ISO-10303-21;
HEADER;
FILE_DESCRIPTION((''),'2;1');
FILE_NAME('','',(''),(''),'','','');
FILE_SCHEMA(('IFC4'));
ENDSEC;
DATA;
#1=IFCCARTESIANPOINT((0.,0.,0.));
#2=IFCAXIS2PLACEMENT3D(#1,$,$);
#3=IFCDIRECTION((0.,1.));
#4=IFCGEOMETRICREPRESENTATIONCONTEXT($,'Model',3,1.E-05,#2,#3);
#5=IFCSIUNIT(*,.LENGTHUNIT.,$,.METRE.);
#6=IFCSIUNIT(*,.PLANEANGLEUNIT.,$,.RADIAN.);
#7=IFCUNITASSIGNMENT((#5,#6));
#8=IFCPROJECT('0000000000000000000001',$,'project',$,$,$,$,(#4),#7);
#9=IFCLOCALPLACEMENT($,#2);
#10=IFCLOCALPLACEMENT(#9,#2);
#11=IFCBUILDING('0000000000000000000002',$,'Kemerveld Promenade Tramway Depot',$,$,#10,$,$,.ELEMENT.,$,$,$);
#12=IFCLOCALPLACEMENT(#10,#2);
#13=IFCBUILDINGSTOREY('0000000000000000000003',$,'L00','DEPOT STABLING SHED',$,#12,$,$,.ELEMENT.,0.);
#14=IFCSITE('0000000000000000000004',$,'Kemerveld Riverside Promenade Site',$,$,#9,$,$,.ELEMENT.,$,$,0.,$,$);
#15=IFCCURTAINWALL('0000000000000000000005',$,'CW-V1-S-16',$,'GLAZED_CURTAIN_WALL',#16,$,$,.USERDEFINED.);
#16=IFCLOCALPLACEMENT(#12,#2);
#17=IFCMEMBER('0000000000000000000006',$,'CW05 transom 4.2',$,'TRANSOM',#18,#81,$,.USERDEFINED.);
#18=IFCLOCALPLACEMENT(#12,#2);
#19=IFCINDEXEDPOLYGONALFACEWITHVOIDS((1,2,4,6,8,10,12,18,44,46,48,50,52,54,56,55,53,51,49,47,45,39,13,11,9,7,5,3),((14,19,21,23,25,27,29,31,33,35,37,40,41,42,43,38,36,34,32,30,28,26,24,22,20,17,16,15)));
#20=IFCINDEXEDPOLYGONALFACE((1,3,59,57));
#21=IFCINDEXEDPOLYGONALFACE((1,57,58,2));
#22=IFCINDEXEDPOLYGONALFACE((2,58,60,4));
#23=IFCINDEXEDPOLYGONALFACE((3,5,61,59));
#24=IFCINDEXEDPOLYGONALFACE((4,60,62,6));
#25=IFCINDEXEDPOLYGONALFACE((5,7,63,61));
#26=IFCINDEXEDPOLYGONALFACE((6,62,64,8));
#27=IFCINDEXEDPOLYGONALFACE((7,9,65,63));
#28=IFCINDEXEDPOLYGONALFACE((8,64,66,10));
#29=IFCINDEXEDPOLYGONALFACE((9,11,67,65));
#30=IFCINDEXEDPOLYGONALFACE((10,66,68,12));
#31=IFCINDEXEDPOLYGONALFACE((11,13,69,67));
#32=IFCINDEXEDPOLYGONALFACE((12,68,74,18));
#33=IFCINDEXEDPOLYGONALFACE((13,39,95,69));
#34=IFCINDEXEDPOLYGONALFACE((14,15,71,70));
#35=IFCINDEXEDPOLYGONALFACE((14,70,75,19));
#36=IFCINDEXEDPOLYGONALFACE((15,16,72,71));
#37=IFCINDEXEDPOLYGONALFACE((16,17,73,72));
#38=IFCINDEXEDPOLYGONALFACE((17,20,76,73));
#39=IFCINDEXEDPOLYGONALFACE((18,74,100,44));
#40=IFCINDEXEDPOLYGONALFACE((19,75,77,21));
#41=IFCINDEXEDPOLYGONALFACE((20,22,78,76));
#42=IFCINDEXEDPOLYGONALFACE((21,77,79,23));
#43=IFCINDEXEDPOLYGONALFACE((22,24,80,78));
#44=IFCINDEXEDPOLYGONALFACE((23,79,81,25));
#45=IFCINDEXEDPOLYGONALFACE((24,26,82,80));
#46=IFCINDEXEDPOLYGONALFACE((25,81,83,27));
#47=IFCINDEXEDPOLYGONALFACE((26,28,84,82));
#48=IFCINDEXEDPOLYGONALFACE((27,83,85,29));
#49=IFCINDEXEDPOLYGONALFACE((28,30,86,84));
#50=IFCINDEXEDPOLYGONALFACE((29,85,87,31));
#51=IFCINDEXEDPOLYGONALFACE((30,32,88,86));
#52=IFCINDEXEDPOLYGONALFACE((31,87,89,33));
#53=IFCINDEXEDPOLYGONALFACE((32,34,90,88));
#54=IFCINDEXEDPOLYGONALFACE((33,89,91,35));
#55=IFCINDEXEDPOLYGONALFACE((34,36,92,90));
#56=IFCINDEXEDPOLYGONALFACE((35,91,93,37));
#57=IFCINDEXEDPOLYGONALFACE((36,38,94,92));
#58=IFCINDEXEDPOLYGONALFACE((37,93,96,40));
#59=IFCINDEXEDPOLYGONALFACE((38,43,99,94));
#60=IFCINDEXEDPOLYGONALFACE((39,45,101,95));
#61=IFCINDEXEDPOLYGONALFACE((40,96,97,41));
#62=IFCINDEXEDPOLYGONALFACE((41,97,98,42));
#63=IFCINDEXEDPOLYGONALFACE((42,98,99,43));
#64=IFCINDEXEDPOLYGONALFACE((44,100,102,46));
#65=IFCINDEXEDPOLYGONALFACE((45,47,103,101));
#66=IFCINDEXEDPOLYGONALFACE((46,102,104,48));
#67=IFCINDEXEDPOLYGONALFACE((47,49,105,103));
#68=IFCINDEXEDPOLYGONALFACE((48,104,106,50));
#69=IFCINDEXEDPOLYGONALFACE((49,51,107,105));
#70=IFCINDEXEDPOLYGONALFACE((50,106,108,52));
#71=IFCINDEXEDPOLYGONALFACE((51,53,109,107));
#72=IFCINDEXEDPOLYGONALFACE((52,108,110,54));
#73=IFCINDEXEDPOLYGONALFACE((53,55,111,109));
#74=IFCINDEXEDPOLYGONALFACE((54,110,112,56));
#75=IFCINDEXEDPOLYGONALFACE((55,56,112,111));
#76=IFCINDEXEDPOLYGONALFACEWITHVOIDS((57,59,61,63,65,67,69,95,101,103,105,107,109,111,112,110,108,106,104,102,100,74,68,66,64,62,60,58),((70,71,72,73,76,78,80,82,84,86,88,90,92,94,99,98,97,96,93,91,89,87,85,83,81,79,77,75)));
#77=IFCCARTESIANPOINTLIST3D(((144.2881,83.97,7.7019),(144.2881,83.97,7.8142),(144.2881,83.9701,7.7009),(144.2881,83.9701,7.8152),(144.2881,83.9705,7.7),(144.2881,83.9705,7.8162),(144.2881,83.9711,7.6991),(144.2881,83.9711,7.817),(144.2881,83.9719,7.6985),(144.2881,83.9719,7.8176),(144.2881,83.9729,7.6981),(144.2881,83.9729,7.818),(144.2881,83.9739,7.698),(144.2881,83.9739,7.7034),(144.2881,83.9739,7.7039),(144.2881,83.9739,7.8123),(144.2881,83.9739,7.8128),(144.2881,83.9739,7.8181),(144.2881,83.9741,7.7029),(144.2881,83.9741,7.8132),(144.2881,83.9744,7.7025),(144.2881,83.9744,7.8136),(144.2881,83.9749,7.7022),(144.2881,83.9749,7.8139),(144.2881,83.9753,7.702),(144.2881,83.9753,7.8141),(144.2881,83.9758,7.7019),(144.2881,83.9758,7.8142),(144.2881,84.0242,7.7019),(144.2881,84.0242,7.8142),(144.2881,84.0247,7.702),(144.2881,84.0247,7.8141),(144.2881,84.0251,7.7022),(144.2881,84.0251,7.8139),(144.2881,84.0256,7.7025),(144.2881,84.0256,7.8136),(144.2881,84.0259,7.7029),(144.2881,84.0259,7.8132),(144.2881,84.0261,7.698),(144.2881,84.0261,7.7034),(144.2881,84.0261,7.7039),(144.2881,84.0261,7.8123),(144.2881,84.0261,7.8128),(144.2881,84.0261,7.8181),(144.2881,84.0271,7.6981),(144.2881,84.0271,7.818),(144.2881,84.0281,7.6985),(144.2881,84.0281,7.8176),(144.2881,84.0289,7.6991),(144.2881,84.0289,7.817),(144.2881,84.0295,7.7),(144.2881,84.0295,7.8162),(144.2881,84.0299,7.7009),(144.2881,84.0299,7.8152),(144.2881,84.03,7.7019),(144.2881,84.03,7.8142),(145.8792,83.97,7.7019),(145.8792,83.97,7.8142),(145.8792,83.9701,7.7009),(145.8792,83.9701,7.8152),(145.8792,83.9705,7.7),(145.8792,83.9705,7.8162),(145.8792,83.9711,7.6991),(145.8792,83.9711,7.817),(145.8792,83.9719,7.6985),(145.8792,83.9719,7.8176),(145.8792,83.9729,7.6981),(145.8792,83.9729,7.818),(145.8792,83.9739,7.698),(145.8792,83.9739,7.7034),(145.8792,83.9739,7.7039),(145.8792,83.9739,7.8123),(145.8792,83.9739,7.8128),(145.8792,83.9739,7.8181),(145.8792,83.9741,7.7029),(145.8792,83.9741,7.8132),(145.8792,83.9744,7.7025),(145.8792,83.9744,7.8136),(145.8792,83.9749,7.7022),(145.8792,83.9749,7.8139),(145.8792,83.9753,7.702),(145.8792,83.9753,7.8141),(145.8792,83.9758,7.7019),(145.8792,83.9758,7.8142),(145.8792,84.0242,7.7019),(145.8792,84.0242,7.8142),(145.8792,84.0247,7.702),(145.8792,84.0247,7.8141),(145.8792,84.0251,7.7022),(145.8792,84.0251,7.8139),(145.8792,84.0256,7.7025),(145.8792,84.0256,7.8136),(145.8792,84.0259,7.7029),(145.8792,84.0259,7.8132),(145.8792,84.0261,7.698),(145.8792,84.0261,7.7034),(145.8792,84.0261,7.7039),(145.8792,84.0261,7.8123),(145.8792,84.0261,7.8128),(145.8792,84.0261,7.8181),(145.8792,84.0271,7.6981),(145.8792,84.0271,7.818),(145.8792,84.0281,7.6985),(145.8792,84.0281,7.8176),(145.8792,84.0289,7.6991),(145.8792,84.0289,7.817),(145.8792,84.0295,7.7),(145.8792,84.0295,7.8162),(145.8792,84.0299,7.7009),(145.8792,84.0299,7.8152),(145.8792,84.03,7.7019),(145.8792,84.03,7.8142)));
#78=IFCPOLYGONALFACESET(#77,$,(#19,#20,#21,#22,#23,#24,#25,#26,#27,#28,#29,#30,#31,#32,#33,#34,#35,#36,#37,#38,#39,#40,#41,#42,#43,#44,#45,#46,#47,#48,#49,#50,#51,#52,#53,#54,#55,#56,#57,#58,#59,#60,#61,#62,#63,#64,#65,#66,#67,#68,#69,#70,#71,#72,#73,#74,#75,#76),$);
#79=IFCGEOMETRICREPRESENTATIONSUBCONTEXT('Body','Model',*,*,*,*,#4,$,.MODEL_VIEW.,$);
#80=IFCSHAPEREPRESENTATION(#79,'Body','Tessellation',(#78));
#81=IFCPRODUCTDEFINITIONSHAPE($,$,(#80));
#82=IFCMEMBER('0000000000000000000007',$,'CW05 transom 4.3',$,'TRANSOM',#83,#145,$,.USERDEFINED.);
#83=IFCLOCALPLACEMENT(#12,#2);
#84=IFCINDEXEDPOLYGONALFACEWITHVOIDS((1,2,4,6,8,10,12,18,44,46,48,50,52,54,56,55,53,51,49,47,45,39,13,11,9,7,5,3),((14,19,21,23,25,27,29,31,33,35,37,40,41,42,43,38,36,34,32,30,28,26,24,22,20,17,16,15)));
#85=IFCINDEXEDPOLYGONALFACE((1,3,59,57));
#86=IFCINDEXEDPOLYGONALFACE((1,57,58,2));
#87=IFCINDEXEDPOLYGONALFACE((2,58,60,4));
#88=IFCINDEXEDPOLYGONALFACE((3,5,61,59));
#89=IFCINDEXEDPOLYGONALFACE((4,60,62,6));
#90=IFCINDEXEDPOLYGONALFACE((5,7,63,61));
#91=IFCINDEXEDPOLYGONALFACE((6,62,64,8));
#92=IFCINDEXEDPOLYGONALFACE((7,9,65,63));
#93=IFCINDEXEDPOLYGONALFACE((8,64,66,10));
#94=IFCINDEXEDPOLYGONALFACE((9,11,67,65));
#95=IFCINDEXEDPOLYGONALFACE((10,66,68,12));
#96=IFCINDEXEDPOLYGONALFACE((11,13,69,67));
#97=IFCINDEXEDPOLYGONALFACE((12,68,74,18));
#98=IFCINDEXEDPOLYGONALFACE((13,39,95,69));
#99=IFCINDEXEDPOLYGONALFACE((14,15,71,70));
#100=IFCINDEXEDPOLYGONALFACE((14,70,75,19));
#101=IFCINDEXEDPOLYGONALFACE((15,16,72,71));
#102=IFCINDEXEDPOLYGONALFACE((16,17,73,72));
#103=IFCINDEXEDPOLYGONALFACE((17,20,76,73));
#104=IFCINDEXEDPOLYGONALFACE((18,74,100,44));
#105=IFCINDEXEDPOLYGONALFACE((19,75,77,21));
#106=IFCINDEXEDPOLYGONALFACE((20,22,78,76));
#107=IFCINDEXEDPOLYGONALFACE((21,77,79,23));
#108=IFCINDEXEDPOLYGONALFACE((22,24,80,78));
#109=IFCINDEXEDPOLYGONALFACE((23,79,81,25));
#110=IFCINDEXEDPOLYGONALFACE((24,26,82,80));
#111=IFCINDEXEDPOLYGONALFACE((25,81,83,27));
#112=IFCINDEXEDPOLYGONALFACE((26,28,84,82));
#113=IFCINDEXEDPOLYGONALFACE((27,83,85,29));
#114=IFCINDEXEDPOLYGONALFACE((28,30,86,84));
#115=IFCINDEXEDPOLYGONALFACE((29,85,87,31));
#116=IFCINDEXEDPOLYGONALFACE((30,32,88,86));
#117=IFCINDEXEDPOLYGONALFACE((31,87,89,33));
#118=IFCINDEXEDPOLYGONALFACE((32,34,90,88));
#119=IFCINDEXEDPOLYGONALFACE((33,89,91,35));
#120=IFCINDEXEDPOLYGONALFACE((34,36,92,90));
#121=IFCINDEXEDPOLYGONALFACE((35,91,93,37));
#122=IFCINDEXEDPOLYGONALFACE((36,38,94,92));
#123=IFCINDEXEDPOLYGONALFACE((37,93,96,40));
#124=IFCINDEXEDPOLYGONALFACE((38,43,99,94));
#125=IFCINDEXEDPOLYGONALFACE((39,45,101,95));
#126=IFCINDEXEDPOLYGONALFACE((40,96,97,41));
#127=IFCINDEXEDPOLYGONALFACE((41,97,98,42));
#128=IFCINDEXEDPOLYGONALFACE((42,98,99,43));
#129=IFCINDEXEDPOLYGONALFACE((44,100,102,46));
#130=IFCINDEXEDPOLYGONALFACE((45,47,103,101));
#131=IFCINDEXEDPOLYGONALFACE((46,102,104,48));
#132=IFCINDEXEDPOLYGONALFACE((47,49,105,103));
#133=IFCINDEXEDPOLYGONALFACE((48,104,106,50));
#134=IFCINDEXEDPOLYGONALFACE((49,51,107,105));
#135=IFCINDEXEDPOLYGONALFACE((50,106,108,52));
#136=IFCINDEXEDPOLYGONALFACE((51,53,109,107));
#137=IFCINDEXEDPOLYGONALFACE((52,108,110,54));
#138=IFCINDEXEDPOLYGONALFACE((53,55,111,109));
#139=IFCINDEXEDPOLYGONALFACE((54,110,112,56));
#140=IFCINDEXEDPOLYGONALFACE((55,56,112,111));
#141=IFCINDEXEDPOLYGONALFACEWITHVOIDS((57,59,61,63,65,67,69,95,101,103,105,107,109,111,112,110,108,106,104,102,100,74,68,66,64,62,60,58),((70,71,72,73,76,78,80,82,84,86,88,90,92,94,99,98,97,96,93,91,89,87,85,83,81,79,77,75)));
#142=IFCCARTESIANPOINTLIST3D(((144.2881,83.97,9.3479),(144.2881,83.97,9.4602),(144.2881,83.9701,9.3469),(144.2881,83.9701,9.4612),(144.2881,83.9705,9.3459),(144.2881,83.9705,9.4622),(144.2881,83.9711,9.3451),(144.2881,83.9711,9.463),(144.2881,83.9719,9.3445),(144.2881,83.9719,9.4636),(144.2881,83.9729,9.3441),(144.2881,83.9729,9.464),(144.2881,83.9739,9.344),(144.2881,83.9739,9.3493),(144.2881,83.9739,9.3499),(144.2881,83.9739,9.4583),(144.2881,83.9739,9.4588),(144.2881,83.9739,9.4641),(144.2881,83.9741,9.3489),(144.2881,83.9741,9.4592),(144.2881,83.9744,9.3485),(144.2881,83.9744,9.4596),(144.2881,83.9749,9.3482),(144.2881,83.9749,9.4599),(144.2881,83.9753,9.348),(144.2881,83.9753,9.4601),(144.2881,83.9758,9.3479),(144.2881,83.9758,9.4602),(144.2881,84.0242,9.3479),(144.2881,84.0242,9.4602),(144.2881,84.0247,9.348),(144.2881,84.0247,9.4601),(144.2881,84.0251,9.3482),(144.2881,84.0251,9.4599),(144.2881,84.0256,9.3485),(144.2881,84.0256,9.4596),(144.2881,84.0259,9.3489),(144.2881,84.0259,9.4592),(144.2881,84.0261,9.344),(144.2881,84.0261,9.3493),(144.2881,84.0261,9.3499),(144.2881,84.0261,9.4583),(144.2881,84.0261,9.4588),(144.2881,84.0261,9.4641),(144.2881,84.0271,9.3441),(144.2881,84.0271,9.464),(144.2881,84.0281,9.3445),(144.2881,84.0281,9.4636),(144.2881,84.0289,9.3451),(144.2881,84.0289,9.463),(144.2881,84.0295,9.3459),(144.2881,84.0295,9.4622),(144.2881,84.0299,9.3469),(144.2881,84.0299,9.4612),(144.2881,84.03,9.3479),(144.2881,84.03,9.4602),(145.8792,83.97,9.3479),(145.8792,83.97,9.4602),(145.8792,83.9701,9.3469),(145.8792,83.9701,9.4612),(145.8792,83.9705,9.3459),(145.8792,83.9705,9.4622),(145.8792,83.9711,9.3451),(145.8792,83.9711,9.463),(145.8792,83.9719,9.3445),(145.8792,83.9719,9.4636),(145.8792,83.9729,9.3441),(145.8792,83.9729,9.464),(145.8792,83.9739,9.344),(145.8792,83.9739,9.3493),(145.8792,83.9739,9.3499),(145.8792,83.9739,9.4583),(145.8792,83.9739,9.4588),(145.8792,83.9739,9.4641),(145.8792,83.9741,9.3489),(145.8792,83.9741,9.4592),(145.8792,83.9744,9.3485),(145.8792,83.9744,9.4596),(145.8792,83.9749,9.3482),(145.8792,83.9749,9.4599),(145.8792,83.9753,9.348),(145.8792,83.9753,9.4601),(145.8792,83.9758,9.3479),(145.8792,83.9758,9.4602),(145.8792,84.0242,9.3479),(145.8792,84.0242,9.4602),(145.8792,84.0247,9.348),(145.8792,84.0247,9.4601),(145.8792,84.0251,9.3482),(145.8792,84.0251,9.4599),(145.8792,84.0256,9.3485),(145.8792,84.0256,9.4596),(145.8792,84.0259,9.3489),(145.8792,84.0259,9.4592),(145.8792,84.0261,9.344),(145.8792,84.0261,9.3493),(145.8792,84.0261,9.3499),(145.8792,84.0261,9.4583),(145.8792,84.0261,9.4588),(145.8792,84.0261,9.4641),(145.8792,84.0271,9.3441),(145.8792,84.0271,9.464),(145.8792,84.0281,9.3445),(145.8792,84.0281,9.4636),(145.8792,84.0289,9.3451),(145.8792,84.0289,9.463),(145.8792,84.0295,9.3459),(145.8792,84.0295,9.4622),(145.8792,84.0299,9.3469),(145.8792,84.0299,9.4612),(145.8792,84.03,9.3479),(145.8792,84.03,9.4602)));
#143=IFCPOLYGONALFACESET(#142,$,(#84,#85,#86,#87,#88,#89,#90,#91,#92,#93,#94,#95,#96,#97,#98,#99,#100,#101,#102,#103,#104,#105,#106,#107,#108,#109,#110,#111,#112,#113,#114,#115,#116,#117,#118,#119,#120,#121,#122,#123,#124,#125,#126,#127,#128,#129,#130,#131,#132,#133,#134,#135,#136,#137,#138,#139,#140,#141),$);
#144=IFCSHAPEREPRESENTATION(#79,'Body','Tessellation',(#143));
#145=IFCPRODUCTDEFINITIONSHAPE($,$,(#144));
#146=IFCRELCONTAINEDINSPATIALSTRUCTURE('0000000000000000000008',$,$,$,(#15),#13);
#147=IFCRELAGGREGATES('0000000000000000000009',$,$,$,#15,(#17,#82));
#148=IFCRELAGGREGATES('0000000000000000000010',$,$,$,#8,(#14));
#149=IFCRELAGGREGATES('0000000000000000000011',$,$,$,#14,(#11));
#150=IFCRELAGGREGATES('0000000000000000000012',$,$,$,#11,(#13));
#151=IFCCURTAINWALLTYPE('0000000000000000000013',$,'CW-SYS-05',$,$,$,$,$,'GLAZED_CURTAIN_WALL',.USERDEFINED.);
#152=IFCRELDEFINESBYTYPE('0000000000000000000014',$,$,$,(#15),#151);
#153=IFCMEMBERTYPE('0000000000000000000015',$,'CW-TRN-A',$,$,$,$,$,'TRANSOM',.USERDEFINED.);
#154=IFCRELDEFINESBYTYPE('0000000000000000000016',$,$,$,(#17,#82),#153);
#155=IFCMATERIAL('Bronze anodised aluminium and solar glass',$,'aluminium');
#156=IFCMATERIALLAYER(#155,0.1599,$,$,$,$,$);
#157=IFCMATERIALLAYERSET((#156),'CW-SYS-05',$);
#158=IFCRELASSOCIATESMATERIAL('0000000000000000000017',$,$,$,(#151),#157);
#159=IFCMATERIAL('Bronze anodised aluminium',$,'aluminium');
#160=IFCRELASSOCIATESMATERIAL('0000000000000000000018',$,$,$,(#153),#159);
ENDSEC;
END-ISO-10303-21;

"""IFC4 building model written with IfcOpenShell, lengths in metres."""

from ifc_helpers import new_model, si_unit, direction, frame, origin, origin_2d, place, context, subcontext, project, spatial, hollow_rectangle, extrude, material, layer, layer_set, material_profile, profile_set, type_object, element, aggregate, save


model = new_model("IFC4")

# Units and contexts
model_context = context("Model", 3, precision=1e-05, world=origin(), true_north=direction((0.0, 1.0)))
body_context = subcontext(model_context, "Body", "Model", "MODEL_VIEW")
ifc_project = project(units=[si_unit("LENGTHUNIT", "METRE"), si_unit("PLANEANGLEUNIT", "RADIAN")], contexts=[model_context])

# Site, building, storey
site_placement = place(None, origin())
site = spatial("IfcSite", under=ifc_project, at=site_placement, Name="Kemerveld Riverside Promenade Site", CompositionType="ELEMENT", RefElevation=0.0)
building_placement = place(site_placement, origin())
building = spatial("IfcBuilding", under=site, at=building_placement, Name="Kemerveld Promenade Tramway Depot", CompositionType="ELEMENT")
storey_placement = place(building_placement, origin())
storey = spatial("IfcBuildingStorey", under=building, at=storey_placement, Name="L00", Description="DEPOT STABLING SHED", CompositionType="ELEMENT", Elevation=0.0)

# Curtain wall, members
ifc_material_1 = material(Name="Bronze anodised aluminium and solar glass", Category="aluminium")
ifc_layer_1 = layer(ifc_material_1, 0.1599)
ifc_layer_set_1 = layer_set([ifc_layer_1], Name="CW-SYS-05")
curtain_wall_type = type_object("IfcCurtainWallType", Name="CW-SYS-05", ElementType="GLAZED_CURTAIN_WALL", PredefinedType="USERDEFINED", material=ifc_layer_set_1)
curtain_wall_placement = place(storey_placement, origin())
curtain_wall = element("IfcCurtainWall", 1, at=curtain_wall_placement, inside=storey, type_object=curtain_wall_type, Name="CW-V1-S-16", ObjectType="GLAZED_CURTAIN_WALL", PredefinedType="USERDEFINED")
ifc_material_2 = material(Name="Bronze anodised aluminium", Category="aluminium")
ifc_material_profile_1 = material_profile(ifc_material_2, hollow_rectangle(XDim=0.0601, YDim=0.1201, WallThickness=0.0039, InnerFilletRadius=0.002, OuterFilletRadius=0.0039, at=origin_2d()), Name="CW-TRN-120x60")
ifc_profile_set_1 = profile_set([ifc_material_profile_1], Name="Bronze anodised aluminium")
member_type_1 = type_object("IfcMemberType", Name="CW-TRN-A", ElementType="TRANSOM", PredefinedType="USERDEFINED", material=ifc_profile_set_1)
member_1_placement = place(storey_placement, frame((145.8792, 84.0, 7.7581), z_axis=(-1.0, 0.0, 0.0), x_axis=(0.0, -1.0, 0.0)))
member_1 = element("IfcMember", 2, at=member_1_placement, type_object=member_type_1, Name="CW05 transom 4.2", ObjectType="TRANSOM", PredefinedType="USERDEFINED", context=body_context, shape_type="SweptSolid", body=[
    extrude(hollow_rectangle(XDim=0.0601, YDim=0.1201, WallThickness=0.0039, InnerFilletRadius=0.002, OuterFilletRadius=0.0039, at=origin_2d()), origin(), (0.0, 0.0, 1.0), 1.5911),
])
member_2_placement = place(storey_placement, frame((145.8792, 84.0, 9.4041), z_axis=(-1.0, 0.0, 0.0), x_axis=(0.0, -1.0, 0.0)))
member_2 = element("IfcMember", 3, at=member_2_placement, type_object=member_type_1, Name="CW05 transom 4.3", ObjectType="TRANSOM", PredefinedType="USERDEFINED", context=body_context, shape_type="SweptSolid", body=[
    extrude(hollow_rectangle(XDim=0.0601, YDim=0.1201, WallThickness=0.0039, InnerFilletRadius=0.002, OuterFilletRadius=0.0039, at=origin_2d()), origin(), (0.0, 0.0, 1.0), 1.5911),
])

aggregate(curtain_wall, [member_1, member_2])

save(model, "model.ifc")
